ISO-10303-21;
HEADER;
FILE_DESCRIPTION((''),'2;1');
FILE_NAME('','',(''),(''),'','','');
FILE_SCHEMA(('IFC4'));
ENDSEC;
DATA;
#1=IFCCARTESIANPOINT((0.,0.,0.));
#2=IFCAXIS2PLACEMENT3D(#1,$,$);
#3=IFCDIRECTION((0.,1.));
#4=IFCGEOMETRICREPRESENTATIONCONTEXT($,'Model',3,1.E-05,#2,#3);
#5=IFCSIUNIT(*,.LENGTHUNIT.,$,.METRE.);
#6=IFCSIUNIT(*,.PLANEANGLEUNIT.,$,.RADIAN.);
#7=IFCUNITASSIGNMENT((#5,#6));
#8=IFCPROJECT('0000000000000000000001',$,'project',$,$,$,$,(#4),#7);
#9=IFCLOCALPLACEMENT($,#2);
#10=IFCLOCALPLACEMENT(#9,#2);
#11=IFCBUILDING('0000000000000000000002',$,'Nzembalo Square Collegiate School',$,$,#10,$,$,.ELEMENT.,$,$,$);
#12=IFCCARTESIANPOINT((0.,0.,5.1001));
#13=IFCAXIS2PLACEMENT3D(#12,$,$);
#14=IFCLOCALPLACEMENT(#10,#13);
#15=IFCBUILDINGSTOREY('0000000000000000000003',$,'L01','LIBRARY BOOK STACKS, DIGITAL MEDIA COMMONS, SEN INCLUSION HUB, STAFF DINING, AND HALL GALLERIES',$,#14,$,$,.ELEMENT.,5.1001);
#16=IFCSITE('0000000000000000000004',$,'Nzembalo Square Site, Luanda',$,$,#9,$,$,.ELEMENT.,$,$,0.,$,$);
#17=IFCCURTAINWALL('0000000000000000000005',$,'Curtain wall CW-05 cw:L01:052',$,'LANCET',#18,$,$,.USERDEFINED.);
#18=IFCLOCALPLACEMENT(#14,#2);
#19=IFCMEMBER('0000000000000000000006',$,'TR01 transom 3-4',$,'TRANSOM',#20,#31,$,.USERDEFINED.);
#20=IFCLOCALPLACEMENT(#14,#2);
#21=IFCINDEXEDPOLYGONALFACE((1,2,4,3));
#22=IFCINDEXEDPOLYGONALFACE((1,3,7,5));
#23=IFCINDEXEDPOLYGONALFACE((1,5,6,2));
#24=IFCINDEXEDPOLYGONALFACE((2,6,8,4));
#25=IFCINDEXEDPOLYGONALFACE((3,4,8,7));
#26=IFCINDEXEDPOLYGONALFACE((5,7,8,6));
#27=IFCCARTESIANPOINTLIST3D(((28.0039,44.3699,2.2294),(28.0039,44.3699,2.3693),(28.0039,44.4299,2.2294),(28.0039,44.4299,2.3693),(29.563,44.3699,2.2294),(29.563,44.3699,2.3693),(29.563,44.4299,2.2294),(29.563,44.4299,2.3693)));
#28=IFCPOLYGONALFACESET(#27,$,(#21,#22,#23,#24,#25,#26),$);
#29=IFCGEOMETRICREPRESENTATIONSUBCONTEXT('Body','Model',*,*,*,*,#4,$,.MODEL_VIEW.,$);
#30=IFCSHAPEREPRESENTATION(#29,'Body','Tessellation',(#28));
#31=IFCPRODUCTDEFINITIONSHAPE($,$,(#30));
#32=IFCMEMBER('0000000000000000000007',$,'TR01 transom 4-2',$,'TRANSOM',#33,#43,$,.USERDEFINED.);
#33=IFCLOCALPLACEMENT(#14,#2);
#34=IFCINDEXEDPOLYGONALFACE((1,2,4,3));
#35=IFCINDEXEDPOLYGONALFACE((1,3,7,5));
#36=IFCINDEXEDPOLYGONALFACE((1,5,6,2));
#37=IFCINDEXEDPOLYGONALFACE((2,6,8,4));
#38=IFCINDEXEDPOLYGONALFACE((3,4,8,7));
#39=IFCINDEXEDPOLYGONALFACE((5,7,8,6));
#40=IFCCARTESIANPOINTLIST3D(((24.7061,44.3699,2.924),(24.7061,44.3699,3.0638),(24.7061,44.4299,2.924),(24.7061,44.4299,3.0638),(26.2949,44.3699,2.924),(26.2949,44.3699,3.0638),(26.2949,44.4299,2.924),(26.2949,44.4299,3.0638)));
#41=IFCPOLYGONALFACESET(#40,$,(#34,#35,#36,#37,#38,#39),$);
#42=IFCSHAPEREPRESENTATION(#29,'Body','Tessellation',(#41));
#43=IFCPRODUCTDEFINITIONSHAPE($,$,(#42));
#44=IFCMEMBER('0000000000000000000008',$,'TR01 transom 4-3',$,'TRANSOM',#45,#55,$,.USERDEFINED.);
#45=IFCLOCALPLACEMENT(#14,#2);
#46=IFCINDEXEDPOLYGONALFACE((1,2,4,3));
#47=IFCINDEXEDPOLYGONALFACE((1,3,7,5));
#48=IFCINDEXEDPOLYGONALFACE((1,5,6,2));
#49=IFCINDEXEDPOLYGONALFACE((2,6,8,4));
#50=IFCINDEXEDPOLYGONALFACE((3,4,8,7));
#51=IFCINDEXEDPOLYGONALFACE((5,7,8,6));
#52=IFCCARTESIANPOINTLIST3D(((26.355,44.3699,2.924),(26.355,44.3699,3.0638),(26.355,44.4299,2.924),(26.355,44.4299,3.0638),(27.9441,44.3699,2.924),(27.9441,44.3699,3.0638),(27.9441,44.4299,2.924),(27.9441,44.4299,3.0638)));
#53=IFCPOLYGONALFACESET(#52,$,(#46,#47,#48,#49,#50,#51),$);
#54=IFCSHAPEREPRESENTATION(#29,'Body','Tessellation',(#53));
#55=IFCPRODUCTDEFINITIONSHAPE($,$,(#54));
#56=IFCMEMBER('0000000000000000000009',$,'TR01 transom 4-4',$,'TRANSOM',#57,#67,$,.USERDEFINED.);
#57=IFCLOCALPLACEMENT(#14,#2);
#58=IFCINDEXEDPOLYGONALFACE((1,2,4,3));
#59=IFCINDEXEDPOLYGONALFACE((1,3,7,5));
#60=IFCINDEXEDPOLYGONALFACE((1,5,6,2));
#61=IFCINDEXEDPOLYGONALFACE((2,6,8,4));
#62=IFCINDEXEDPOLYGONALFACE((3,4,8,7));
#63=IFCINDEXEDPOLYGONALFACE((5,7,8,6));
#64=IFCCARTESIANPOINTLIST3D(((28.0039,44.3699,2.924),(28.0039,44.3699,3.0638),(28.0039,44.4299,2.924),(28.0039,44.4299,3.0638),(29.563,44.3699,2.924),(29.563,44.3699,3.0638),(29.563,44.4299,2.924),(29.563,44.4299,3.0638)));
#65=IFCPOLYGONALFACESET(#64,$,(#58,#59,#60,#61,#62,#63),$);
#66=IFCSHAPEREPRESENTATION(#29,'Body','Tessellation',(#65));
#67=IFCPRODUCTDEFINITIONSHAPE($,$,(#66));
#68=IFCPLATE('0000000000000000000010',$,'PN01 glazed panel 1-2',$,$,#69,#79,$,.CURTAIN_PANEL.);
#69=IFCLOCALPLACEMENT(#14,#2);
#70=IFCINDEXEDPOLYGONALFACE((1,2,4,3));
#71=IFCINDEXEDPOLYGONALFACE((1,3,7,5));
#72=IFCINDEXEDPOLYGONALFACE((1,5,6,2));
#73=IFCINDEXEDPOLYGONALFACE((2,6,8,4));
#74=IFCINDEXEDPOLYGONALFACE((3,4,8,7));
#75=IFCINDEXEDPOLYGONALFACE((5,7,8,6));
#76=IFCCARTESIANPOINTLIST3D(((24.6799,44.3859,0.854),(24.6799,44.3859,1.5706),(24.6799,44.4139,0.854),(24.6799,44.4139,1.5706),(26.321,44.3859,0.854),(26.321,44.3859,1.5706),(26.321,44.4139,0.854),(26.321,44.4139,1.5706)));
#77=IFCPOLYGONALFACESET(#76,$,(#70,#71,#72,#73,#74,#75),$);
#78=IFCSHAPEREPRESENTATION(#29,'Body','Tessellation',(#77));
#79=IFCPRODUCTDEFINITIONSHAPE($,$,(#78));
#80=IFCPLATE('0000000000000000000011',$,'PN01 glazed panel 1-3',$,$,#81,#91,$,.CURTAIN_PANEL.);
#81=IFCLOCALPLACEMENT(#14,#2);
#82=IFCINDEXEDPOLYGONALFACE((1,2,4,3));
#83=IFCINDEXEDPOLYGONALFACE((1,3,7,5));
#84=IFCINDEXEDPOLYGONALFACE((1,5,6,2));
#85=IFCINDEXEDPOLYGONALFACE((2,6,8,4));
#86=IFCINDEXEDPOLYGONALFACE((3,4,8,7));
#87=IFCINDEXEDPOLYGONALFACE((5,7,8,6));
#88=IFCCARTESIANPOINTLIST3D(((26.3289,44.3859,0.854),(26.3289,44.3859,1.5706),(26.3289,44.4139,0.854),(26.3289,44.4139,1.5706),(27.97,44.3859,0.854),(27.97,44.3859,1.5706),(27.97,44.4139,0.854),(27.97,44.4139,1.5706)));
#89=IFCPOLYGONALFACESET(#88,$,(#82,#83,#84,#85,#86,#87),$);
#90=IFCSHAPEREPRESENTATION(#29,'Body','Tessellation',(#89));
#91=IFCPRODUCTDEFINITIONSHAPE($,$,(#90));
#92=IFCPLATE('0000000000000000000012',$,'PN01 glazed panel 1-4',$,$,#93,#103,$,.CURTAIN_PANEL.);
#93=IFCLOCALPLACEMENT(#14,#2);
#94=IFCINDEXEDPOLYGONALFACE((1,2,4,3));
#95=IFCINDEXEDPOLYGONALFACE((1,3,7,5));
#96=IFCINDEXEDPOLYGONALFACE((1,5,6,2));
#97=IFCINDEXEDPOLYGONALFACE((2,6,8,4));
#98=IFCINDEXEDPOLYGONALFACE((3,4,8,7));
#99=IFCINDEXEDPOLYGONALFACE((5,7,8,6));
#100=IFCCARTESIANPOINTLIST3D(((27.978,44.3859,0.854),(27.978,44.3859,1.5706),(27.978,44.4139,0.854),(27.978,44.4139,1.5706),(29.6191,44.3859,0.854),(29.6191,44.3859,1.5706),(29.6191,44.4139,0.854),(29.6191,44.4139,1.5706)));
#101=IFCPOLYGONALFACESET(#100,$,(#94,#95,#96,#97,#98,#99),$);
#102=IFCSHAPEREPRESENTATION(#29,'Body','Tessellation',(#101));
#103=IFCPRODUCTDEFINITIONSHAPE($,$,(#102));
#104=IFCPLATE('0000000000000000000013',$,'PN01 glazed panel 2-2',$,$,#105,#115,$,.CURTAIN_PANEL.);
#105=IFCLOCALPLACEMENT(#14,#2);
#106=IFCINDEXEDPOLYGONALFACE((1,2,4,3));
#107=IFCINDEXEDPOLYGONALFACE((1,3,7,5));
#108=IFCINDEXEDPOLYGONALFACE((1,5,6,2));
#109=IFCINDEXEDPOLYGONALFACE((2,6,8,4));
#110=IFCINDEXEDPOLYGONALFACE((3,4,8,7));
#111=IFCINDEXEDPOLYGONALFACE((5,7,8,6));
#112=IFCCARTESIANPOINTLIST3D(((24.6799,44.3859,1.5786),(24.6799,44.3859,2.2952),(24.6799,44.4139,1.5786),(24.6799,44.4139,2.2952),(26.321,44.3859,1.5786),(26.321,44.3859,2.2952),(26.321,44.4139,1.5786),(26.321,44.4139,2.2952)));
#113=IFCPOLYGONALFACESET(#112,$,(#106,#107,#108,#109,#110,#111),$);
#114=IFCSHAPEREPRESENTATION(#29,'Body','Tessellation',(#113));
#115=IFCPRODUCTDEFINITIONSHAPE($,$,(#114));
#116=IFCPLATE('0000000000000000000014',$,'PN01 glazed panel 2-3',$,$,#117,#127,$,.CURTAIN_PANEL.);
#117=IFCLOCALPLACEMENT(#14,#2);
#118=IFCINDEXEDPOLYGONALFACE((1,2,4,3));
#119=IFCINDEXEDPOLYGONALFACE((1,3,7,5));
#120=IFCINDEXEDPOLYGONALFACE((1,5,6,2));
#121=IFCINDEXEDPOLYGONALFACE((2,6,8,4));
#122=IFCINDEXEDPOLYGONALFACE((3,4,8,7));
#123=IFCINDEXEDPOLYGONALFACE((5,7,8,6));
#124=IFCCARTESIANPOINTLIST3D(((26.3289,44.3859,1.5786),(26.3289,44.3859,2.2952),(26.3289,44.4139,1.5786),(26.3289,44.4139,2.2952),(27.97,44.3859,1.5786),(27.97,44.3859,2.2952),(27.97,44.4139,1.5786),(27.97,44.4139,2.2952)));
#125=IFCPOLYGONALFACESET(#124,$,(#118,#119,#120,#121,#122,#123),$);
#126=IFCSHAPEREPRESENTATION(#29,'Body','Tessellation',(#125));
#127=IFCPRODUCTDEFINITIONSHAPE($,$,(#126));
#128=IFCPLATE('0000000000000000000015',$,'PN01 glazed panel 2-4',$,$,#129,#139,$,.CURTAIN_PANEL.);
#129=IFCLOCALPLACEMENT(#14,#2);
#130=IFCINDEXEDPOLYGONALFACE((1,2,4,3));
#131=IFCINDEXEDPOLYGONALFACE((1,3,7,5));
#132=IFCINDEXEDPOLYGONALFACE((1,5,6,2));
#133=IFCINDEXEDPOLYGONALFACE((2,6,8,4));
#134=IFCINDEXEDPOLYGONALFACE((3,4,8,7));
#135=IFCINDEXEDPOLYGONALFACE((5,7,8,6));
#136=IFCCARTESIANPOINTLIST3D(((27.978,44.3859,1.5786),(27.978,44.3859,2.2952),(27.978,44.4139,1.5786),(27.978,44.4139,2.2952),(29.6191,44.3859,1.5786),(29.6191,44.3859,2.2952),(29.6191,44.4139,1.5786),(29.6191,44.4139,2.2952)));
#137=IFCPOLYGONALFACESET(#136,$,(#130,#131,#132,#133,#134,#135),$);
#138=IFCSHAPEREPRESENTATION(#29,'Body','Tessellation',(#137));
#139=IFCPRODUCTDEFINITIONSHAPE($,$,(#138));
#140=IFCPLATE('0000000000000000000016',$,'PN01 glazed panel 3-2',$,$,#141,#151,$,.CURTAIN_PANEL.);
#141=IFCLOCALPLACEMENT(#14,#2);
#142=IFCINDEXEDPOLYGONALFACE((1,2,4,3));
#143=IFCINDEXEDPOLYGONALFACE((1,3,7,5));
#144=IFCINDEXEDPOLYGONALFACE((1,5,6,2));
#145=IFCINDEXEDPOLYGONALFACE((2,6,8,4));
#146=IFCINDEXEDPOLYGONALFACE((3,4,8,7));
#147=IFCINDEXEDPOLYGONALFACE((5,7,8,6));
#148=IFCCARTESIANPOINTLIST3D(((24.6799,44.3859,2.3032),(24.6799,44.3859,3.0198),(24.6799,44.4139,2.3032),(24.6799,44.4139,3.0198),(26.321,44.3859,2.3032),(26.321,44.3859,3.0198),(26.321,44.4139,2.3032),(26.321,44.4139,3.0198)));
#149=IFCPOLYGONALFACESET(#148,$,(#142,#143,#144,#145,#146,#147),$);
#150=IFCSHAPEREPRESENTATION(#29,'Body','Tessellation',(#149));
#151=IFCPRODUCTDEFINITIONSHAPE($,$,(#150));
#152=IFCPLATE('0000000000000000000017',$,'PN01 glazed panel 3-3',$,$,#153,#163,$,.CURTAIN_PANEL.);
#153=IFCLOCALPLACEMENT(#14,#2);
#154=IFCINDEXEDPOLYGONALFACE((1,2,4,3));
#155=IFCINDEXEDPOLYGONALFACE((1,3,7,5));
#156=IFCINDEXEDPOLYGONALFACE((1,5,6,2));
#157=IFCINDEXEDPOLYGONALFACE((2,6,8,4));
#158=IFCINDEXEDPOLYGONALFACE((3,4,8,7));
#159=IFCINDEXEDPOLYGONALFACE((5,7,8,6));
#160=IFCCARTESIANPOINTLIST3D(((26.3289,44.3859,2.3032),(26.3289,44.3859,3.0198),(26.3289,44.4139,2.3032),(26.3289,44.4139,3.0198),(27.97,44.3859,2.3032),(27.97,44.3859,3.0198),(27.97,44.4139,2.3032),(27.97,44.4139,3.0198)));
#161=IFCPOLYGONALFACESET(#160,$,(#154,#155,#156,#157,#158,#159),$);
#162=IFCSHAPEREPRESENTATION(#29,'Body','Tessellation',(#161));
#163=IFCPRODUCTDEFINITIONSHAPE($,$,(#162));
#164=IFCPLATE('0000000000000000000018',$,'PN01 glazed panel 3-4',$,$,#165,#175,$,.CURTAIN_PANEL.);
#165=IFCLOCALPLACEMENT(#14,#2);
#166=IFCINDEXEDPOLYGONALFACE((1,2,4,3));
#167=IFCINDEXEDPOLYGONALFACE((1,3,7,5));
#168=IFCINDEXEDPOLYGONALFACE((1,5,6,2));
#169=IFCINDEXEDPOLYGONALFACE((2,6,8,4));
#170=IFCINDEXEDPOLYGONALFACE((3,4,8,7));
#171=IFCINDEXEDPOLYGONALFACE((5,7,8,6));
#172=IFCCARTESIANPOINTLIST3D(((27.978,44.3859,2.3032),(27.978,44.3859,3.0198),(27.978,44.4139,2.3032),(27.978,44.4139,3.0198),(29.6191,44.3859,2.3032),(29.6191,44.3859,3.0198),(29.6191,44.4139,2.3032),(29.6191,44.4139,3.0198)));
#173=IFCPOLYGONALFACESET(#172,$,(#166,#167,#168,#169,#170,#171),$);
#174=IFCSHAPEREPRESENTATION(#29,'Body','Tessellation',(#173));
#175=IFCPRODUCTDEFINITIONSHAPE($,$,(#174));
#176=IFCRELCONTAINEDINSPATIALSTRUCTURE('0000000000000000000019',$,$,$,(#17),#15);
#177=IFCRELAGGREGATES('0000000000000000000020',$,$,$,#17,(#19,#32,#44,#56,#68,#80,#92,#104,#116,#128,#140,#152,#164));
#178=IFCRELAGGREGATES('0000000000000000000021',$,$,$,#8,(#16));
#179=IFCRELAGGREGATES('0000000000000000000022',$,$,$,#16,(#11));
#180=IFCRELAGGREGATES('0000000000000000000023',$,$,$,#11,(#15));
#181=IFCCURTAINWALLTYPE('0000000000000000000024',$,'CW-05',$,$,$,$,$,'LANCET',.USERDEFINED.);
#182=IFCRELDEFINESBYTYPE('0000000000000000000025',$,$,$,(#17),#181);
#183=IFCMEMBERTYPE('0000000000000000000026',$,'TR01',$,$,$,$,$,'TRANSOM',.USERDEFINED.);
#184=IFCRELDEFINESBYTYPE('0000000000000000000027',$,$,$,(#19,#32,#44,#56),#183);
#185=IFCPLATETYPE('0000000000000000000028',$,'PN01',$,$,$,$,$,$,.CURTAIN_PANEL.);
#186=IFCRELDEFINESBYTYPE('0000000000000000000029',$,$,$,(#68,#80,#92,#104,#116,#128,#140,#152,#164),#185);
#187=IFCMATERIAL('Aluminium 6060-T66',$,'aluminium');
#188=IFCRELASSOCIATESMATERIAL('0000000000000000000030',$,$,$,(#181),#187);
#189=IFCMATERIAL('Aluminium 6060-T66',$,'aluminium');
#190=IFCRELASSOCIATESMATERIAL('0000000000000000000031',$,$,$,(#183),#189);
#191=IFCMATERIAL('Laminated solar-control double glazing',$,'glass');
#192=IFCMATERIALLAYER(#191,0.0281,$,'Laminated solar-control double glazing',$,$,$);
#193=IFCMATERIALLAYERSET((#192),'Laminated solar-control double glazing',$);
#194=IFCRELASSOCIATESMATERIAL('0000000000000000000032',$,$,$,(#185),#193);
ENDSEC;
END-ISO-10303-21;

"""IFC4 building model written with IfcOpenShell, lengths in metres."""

from ifc_helpers import new_model, si_unit, direction, frame, origin, origin_2d, place, context, subcontext, project, spatial, rectangle, extrude, material, layer, layer_set, material_profile, profile_set, type_object, element, aggregate, save


model = new_model("IFC4")

# Units and contexts
model_context = context("Model", 3, precision=1e-05, world=origin(), true_north=direction((0.0, 1.0)))
body_context = subcontext(model_context, "Body", "Model", "MODEL_VIEW")
ifc_project = project(units=[si_unit("LENGTHUNIT", "METRE"), si_unit("PLANEANGLEUNIT", "RADIAN")], contexts=[model_context])

# Site, building, storey
site_placement = place(None, origin())
site = spatial("IfcSite", under=ifc_project, at=site_placement, Name="Nzembalo Square Site, Luanda", CompositionType="ELEMENT", RefElevation=0.0)
building_placement = place(site_placement, origin())
building = spatial("IfcBuilding", under=site, at=building_placement, Name="Nzembalo Square Collegiate School", CompositionType="ELEMENT")
storey_placement = place(building_placement, frame((0.0, 0.0, 5.1001)))
storey = spatial("IfcBuildingStorey", under=building, at=storey_placement, Name="L01", Description="LIBRARY BOOK STACKS, DIGITAL MEDIA COMMONS, SEN INCLUSION HUB, STAFF DINING, AND HALL GALLERIES", CompositionType="ELEMENT", Elevation=5.1001)

# Curtain wall, members, plates
ifc_material_1 = material(Name="Aluminium 6060-T66", Category="aluminium")
curtain_wall_type = type_object("IfcCurtainWallType", Name="CW-05", ElementType="LANCET", PredefinedType="USERDEFINED", material=ifc_material_1)
curtain_wall_placement = place(storey_placement, origin())
curtain_wall = element("IfcCurtainWall", 1, at=curtain_wall_placement, inside=storey, type_object=curtain_wall_type, Name="Curtain wall CW-05 cw:L01:052", ObjectType="LANCET", PredefinedType="USERDEFINED")
ifc_material_2 = material(Name="Aluminium 6060-T66", Category="aluminium")
ifc_material_profile_1 = material_profile(ifc_material_2, rectangle(XDim=0.0601, YDim=0.1399, at=origin_2d()), Name="ALU T60x140")
ifc_profile_set_1 = profile_set([ifc_material_profile_1], Name="Aluminium 6060-T66")
member_type_1 = type_object("IfcMemberType", Name="TR01", ElementType="TRANSOM", PredefinedType="USERDEFINED", material=ifc_profile_set_1)
member_1_placement = place(storey_placement, frame((28.0039, 44.3999, 2.2993), z_axis=(1.0, 0.0, 0.0), x_axis=(0.0, 1.0, 0.0)))
member_1 = element("IfcMember", 2, at=member_1_placement, type_object=member_type_1, Name="TR01 transom 3-4", ObjectType="TRANSOM", PredefinedType="USERDEFINED", context=body_context, shape_type="SweptSolid", body=[
    extrude(rectangle(XDim=0.0601, YDim=0.1399, at=origin_2d()), origin(), (0.0, 0.0, 1.0), 1.5591),
])
member_2_placement = place(storey_placement, frame((24.7061, 44.3999, 2.9939), z_axis=(1.0, 0.0, 0.0), x_axis=(0.0, 1.0, 0.0)))
member_2 = element("IfcMember", 3, at=member_2_placement, type_object=member_type_1, Name="TR01 transom 4-2", ObjectType="TRANSOM", PredefinedType="USERDEFINED", context=body_context, shape_type="SweptSolid", body=[
    extrude(rectangle(XDim=0.0601, YDim=0.1399, at=origin_2d()), origin(), (0.0, 0.0, 1.0), 1.5889),
])
member_3_placement = place(storey_placement, frame((26.355, 44.3999, 2.9939), z_axis=(1.0, 0.0, 0.0), x_axis=(0.0, 1.0, 0.0)))
member_3 = element("IfcMember", 4, at=member_3_placement, type_object=member_type_1, Name="TR01 transom 4-3", ObjectType="TRANSOM", PredefinedType="USERDEFINED", context=body_context, shape_type="SweptSolid", body=[
    extrude(rectangle(XDim=0.0601, YDim=0.1399, at=origin_2d()), origin(), (0.0, 0.0, 1.0), 1.5891),
])
member_4_placement = place(storey_placement, frame((28.0039, 44.3999, 2.9939), z_axis=(1.0, 0.0, 0.0), x_axis=(0.0, 1.0, 0.0)))
member_4 = element("IfcMember", 5, at=member_4_placement, type_object=member_type_1, Name="TR01 transom 4-4", ObjectType="TRANSOM", PredefinedType="USERDEFINED", context=body_context, shape_type="SweptSolid", body=[
    extrude(rectangle(XDim=0.0601, YDim=0.1399, at=origin_2d()), origin(), (0.0, 0.0, 1.0), 1.5591),
])
ifc_material_3 = material(Name="Laminated solar-control double glazing", Category="glass")
ifc_layer = layer(ifc_material_3, 0.0281, Name="Laminated solar-control double glazing")
ifc_layer_set = layer_set([ifc_layer], Name="Laminated solar-control double glazing")
plate_type = type_object("IfcPlateType", Name="PN01", PredefinedType="CURTAIN_PANEL", material=ifc_layer_set)
plate_1_placement = place(storey_placement, frame((25.5005, 44.3999, 0.854), z_axis=(0.0, 0.0, 1.0), x_axis=(1.0, 0.0, 0.0)))
plate_1 = element("IfcPlate", 6, at=plate_1_placement, type_object=plate_type, Name="PN01 glazed panel 1-2", PredefinedType="CURTAIN_PANEL", context=body_context, shape_type="SweptSolid", body=[
    extrude(rectangle(XDim=1.6411, YDim=0.0281, at=origin_2d()), origin(), (0.0, 0.0, 1.0), 0.7166),
])
plate_2_placement = place(storey_placement, frame((27.1494, 44.3999, 0.854), z_axis=(0.0, 0.0, 1.0), x_axis=(1.0, 0.0, 0.0)))
plate_2 = element("IfcPlate", 7, at=plate_2_placement, type_object=plate_type, Name="PN01 glazed panel 1-3", PredefinedType="CURTAIN_PANEL", context=body_context, shape_type="SweptSolid", body=[
    extrude(rectangle(XDim=1.6411, YDim=0.0281, at=origin_2d()), origin(), (0.0, 0.0, 1.0), 0.7166),
])
plate_3_placement = place(storey_placement, frame((28.7986, 44.3999, 0.854), z_axis=(0.0, 0.0, 1.0), x_axis=(1.0, 0.0, 0.0)))
plate_3 = element("IfcPlate", 8, at=plate_3_placement, type_object=plate_type, Name="PN01 glazed panel 1-4", PredefinedType="CURTAIN_PANEL", context=body_context, shape_type="SweptSolid", body=[
    extrude(rectangle(XDim=1.6411, YDim=0.0281, at=origin_2d()), origin(), (0.0, 0.0, 1.0), 0.7166),
])
plate_4_placement = place(storey_placement, frame((25.5005, 44.3999, 1.5786), z_axis=(0.0, 0.0, 1.0), x_axis=(1.0, 0.0, 0.0)))
plate_4 = element("IfcPlate", 9, at=plate_4_placement, type_object=plate_type, Name="PN01 glazed panel 2-2", PredefinedType="CURTAIN_PANEL", context=body_context, shape_type="SweptSolid", body=[
    extrude(rectangle(XDim=1.6411, YDim=0.0281, at=origin_2d()), origin(), (0.0, 0.0, 1.0), 0.7166),
])
plate_5_placement = place(storey_placement, frame((27.1494, 44.3999, 1.5786), z_axis=(0.0, 0.0, 1.0), x_axis=(1.0, 0.0, 0.0)))
plate_5 = element("IfcPlate", 10, at=plate_5_placement, type_object=plate_type, Name="PN01 glazed panel 2-3", PredefinedType="CURTAIN_PANEL", context=body_context, shape_type="SweptSolid", body=[
    extrude(rectangle(XDim=1.6411, YDim=0.0281, at=origin_2d()), origin(), (0.0, 0.0, 1.0), 0.7166),
])
plate_6_placement = place(storey_placement, frame((28.7986, 44.3999, 1.5786), z_axis=(0.0, 0.0, 1.0), x_axis=(1.0, 0.0, 0.0)))
plate_6 = element("IfcPlate", 11, at=plate_6_placement, type_object=plate_type, Name="PN01 glazed panel 2-4", PredefinedType="CURTAIN_PANEL", context=body_context, shape_type="SweptSolid", body=[
    extrude(rectangle(XDim=1.6411, YDim=0.0281, at=origin_2d()), origin(), (0.0, 0.0, 1.0), 0.7166),
])
plate_7_placement = place(storey_placement, frame((25.5005, 44.3999, 2.3032), z_axis=(0.0, 0.0, 1.0), x_axis=(1.0, 0.0, 0.0)))
plate_7 = element("IfcPlate", 12, at=plate_7_placement, type_object=plate_type, Name="PN01 glazed panel 3-2", PredefinedType="CURTAIN_PANEL", context=body_context, shape_type="SweptSolid", body=[
    extrude(rectangle(XDim=1.6411, YDim=0.0281, at=origin_2d()), origin(), (0.0, 0.0, 1.0), 0.7166),
])
plate_8_placement = place(storey_placement, frame((27.1494, 44.3999, 2.3032), z_axis=(0.0, 0.0, 1.0), x_axis=(1.0, 0.0, 0.0)))
plate_8 = element("IfcPlate", 13, at=plate_8_placement, type_object=plate_type, Name="PN01 glazed panel 3-3", PredefinedType="CURTAIN_PANEL", context=body_context, shape_type="SweptSolid", body=[
    extrude(rectangle(XDim=1.6411, YDim=0.0281, at=origin_2d()), origin(), (0.0, 0.0, 1.0), 0.7166),
])
plate_9_placement = place(storey_placement, frame((28.7986, 44.3999, 2.3032), z_axis=(0.0, 0.0, 1.0), x_axis=(1.0, 0.0, 0.0)))
plate_9 = element("IfcPlate", 14, at=plate_9_placement, type_object=plate_type, Name="PN01 glazed panel 3-4", PredefinedType="CURTAIN_PANEL", context=body_context, shape_type="SweptSolid", body=[
    extrude(rectangle(XDim=1.6411, YDim=0.0281, at=origin_2d()), origin(), (0.0, 0.0, 1.0), 0.7166),
])
aggregate(curtain_wall, [member_1, member_2, member_3, member_4, plate_1, plate_2, plate_3, plate_4, plate_5, plate_6, plate_7, plate_8, plate_9])

save(model, "model.ifc")
